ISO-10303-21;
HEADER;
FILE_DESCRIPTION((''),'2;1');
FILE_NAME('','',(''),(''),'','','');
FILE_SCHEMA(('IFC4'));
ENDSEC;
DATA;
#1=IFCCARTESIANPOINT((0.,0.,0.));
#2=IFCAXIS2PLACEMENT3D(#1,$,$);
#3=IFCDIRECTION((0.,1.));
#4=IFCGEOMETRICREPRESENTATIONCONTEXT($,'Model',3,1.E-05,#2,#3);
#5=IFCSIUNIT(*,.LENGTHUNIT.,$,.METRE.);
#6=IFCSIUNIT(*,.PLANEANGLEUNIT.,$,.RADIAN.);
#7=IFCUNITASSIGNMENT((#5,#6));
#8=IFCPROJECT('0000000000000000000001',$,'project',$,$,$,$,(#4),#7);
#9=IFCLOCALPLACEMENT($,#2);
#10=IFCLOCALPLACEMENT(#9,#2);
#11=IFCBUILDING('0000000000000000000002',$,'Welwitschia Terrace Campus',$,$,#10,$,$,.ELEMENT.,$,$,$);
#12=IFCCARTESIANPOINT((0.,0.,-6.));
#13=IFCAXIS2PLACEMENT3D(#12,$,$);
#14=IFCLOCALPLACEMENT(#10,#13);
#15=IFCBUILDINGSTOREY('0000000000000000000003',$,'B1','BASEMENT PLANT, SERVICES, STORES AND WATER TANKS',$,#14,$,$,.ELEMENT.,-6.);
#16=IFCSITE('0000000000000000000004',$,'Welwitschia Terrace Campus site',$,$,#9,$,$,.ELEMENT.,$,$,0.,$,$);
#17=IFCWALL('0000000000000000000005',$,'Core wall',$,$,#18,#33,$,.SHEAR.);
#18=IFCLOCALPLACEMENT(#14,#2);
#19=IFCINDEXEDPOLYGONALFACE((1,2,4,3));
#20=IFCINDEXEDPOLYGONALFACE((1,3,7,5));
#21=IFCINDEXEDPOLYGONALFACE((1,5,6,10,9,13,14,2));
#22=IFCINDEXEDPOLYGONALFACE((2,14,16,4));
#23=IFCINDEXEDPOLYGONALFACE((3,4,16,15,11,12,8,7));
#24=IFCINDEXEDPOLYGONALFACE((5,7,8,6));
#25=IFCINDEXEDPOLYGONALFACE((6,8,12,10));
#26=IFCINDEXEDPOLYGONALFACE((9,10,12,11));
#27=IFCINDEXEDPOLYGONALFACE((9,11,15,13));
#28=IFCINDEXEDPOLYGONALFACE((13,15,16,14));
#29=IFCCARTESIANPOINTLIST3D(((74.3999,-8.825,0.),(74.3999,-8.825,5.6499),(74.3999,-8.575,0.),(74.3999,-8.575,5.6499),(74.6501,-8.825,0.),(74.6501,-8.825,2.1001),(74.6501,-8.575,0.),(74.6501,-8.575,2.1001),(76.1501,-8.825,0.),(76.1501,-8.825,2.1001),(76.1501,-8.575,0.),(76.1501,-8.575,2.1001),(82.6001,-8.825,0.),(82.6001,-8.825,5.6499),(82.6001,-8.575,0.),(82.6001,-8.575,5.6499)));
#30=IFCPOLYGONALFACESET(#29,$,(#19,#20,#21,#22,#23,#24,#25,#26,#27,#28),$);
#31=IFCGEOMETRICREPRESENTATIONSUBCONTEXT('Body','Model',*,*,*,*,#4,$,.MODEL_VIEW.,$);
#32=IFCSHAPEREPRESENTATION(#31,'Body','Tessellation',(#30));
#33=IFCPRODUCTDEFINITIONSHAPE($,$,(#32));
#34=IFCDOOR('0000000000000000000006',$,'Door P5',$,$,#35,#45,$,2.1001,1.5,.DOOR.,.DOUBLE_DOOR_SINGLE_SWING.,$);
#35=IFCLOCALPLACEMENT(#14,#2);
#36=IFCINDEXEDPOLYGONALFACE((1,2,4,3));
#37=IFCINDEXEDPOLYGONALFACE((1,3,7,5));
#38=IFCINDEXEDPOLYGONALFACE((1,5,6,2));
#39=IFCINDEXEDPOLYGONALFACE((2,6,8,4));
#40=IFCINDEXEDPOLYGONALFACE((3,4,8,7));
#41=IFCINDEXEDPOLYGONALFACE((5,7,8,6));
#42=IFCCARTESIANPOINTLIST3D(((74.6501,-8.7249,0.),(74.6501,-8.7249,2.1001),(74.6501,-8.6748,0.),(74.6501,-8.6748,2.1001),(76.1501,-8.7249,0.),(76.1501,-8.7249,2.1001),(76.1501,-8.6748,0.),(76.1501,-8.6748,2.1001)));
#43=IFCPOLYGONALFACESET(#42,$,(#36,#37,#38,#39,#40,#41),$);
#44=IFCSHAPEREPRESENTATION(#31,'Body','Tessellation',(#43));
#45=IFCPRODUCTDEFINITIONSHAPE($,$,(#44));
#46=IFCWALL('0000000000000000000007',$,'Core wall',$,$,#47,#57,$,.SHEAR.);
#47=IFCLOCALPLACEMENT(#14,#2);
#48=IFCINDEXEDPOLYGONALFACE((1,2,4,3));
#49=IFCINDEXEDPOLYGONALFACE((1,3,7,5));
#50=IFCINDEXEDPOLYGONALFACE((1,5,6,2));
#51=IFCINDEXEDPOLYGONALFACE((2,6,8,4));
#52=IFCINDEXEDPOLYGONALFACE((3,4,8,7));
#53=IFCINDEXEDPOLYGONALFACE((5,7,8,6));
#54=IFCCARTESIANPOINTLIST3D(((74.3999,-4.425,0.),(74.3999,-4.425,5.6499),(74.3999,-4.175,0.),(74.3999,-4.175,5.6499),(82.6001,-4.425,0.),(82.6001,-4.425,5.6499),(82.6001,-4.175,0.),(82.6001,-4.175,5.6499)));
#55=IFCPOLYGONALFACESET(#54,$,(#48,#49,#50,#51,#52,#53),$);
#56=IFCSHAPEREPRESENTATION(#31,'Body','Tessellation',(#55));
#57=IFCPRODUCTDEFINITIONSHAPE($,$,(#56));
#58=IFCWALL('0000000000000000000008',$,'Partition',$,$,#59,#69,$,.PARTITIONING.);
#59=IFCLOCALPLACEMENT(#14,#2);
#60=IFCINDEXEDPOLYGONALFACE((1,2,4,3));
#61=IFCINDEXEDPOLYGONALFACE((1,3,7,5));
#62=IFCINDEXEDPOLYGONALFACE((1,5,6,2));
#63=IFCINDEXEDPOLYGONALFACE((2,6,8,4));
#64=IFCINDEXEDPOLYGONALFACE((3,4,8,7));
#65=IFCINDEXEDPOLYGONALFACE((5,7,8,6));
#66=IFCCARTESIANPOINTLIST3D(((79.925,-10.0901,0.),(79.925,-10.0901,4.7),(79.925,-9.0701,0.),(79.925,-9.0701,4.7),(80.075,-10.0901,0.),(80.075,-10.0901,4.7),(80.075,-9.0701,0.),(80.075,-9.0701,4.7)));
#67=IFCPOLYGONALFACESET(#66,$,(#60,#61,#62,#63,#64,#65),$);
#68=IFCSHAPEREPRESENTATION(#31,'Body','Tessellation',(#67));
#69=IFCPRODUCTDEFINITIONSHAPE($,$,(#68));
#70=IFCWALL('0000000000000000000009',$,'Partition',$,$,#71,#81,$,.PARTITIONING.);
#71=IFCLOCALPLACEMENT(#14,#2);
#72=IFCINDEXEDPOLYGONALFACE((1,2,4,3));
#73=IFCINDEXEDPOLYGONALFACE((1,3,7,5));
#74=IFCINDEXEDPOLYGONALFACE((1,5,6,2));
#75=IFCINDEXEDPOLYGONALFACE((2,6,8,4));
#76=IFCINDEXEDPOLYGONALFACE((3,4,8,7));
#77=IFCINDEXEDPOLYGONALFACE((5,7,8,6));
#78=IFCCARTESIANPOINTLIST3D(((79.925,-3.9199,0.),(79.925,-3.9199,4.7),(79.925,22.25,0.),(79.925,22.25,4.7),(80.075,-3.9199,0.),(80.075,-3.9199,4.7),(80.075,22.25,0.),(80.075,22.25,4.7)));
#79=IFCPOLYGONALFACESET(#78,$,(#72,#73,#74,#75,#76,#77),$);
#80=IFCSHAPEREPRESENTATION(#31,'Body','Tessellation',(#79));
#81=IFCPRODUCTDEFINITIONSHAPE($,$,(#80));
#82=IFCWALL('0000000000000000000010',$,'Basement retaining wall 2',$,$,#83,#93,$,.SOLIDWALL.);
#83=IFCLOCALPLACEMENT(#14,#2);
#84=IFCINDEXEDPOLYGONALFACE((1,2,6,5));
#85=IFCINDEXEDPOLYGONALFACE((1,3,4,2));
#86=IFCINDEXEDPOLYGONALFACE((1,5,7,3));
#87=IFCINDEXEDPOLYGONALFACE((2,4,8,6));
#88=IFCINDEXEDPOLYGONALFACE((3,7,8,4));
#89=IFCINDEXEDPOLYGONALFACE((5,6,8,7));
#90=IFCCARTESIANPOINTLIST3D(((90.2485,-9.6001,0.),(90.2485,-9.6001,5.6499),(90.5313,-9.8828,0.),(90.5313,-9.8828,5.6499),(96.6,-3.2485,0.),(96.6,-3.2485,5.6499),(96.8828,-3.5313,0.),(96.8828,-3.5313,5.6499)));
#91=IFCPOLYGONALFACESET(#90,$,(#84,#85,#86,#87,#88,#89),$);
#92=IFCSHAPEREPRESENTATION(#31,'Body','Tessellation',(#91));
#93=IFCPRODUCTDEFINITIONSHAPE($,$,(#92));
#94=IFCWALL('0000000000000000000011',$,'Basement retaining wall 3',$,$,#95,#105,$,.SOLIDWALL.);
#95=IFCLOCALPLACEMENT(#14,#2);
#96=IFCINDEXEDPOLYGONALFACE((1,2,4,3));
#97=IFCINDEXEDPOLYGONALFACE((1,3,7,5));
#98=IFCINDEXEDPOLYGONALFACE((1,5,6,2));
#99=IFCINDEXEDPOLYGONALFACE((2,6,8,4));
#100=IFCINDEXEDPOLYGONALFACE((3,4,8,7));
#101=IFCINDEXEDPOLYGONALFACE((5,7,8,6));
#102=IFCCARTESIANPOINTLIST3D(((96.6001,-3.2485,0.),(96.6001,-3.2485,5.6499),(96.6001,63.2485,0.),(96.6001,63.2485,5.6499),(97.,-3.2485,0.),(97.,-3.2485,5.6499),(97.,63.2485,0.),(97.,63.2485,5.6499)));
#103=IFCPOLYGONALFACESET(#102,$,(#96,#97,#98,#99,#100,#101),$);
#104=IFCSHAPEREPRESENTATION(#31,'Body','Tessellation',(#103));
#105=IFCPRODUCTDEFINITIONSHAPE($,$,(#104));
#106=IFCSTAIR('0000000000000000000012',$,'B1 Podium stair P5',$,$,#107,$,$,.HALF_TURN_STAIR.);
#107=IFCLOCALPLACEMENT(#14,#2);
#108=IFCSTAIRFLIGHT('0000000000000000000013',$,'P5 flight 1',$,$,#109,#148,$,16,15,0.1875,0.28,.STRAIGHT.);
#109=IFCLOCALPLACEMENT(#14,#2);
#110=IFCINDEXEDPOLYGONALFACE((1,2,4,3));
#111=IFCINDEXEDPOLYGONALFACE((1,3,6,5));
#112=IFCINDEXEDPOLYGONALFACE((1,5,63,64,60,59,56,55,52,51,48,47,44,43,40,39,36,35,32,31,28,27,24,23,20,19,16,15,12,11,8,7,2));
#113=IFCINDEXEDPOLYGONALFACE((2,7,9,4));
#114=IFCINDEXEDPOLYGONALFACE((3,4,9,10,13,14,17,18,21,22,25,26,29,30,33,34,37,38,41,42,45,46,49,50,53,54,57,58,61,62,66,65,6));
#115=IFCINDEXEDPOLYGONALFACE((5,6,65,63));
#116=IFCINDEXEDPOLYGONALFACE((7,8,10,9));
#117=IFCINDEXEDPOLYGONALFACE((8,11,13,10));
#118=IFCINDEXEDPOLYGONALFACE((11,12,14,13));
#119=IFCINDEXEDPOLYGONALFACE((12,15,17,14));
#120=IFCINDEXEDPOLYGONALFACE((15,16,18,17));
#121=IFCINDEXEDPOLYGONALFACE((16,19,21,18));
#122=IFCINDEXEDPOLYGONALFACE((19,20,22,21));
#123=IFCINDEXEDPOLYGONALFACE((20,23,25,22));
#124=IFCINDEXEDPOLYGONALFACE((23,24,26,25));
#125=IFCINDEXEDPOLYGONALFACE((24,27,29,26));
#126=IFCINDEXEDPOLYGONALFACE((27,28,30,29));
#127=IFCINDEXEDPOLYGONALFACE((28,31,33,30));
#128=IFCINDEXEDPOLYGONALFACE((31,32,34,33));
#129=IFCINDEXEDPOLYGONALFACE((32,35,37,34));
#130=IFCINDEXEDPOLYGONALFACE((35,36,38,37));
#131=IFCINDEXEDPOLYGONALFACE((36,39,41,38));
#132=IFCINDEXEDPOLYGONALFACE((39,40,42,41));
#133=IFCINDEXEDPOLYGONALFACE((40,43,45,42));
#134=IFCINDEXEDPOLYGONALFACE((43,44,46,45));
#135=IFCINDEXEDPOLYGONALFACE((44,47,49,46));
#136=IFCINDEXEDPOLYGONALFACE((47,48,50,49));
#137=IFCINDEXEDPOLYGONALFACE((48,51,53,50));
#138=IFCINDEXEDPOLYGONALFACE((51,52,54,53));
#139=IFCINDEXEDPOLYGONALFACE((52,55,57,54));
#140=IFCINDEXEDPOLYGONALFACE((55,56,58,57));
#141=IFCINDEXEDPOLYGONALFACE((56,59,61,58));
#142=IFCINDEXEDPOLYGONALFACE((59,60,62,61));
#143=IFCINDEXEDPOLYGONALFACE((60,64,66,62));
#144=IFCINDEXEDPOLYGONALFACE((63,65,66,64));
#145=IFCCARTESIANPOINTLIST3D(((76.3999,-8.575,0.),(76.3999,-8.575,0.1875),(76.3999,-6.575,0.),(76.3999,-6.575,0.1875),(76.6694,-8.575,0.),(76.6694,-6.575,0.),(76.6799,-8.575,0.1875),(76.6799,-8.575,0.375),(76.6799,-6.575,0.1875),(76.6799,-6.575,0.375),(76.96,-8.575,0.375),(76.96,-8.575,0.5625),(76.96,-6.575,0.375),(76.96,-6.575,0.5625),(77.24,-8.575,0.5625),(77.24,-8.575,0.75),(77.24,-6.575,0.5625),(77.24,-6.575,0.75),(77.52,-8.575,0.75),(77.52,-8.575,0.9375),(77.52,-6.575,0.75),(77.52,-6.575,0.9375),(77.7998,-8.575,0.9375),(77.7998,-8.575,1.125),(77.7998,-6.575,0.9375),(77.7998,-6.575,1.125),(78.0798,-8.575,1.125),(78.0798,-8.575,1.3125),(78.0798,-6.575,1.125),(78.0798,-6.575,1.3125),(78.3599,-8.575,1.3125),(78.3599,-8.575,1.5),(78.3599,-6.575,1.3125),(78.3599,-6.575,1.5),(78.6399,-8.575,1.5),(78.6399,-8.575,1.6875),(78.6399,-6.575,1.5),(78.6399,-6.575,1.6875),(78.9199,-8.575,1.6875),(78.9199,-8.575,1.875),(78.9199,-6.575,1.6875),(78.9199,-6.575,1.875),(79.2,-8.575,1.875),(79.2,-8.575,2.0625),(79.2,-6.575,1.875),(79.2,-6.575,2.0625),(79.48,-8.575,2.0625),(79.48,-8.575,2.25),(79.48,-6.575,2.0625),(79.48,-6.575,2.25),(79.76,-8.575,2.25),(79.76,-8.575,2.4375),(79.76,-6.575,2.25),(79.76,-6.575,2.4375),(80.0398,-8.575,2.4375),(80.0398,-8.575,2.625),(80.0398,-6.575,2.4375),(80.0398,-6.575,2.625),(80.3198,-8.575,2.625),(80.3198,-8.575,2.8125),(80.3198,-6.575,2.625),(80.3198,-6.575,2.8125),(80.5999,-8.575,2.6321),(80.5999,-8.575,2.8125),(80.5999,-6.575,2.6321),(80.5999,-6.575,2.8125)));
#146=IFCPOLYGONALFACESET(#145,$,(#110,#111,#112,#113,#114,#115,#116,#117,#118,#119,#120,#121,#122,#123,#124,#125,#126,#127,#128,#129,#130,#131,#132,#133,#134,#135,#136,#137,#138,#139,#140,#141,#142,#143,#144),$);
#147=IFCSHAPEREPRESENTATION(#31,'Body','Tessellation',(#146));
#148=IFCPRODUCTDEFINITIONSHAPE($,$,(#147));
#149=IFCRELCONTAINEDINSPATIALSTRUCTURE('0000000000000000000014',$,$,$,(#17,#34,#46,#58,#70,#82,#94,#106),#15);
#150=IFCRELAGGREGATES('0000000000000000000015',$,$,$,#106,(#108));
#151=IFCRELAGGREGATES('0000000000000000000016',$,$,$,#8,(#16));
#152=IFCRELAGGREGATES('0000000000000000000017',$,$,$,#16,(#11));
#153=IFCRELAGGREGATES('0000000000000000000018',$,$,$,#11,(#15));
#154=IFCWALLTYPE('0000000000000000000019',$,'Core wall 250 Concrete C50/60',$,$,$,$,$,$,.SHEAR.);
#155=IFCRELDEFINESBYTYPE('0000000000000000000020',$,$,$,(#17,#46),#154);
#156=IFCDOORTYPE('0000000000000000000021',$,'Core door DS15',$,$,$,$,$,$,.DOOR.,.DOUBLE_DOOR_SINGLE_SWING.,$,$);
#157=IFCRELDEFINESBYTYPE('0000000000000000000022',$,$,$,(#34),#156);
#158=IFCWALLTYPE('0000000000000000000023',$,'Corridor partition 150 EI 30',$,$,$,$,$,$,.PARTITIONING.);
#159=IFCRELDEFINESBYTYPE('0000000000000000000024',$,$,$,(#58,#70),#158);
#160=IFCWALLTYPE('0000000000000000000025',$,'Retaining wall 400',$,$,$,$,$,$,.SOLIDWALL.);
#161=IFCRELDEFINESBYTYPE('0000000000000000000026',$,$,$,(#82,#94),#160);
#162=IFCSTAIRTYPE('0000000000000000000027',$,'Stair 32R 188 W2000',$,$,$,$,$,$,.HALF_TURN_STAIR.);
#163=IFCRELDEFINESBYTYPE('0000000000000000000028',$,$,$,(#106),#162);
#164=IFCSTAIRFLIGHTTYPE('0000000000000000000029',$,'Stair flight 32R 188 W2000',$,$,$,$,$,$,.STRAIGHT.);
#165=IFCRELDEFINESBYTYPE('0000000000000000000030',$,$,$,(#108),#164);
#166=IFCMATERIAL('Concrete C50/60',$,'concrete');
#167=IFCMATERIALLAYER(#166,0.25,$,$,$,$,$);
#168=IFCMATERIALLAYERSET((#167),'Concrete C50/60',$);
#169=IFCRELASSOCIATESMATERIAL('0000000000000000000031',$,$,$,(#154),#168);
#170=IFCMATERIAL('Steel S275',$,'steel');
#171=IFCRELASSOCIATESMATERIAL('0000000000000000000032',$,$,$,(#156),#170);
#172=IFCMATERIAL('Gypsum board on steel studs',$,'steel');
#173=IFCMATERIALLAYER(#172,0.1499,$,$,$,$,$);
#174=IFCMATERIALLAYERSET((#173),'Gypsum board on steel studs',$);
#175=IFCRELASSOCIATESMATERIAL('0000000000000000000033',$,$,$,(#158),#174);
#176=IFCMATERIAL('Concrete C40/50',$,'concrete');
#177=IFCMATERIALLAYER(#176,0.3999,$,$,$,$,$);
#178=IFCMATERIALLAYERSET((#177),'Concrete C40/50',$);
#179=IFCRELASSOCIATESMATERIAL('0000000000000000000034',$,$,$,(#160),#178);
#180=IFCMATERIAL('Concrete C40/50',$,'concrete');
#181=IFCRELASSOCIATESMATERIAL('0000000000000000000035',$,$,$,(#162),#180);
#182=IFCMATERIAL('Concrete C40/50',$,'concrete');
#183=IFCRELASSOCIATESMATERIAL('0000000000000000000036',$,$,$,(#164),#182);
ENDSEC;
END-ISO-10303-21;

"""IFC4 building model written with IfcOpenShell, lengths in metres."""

from ifc_helpers import new_model, si_unit, direction, frame, frame_2d, origin, place, context, subcontext, project, spatial, polyline, rectangle, outline, extrude, material, layer, layer_set, type_object, element, fill, aggregate, save


model = new_model("IFC4")

# Units and contexts
model_context = context("Model", 3, precision=1e-05, world=origin(), true_north=direction((0.0, 1.0)))
body_context = subcontext(model_context, "Body", "Model", "MODEL_VIEW")
ifc_project = project(units=[si_unit("LENGTHUNIT", "METRE"), si_unit("PLANEANGLEUNIT", "RADIAN")], contexts=[model_context])

# Site, building, storey
site_placement = place(None, origin())
site = spatial("IfcSite", under=ifc_project, at=site_placement, Name="Welwitschia Terrace Campus site", CompositionType="ELEMENT", RefElevation=0.0)
building_placement = place(site_placement, origin())
building = spatial("IfcBuilding", under=site, at=building_placement, Name="Welwitschia Terrace Campus", CompositionType="ELEMENT")
storey_placement = place(building_placement, frame((0.0, 0.0, -6.0)))
storey = spatial("IfcBuildingStorey", under=building, at=storey_placement, Name="B1", Description="BASEMENT PLANT, SERVICES, STORES AND WATER TANKS", CompositionType="ELEMENT", Elevation=-6.0)

# Shared definitions
ifc_material_1 = material(Name="Concrete C50/60", Category="concrete")
ifc_layer_1 = layer(ifc_material_1, 0.25)
ifc_layer_set_1 = layer_set([ifc_layer_1], Name="Concrete C50/60")
wall_type_1 = type_object("IfcWallType", Name="Core wall 250 Concrete C50/60", PredefinedType="SHEAR", material=ifc_layer_set_1)

# Wall, opening, door
wall_1_placement = place(storey_placement, frame((82.6001, -8.7, 0.0), z_axis=(0.0, 0.0, 1.0), x_axis=(-1.0, 0.0, 0.0)))
wall_1 = element("IfcWall", 1, at=wall_1_placement, inside=storey, type_object=wall_type_1, Name="Core wall", PredefinedType="SHEAR", context=body_context, shape_type="SweptSolid", body=[
    extrude(rectangle(XDim=8.2002, YDim=0.25, at=frame_2d((4.1001, 0.0))), origin(), (0.0, 0.0, 1.0), 5.6499),
])
opening_placement = place(wall_1_placement, frame((6.45, 0.0, 0.0)))
opening = element("IfcOpeningElement", 2, at=opening_placement, cuts=wall_1, PredefinedType="OPENING", context=body_context, shape_type="SweptSolid", body=[
    extrude(rectangle(XDim=1.5, YDim=2.1001, at=frame_2d((0.75, 1.05))), frame((0.0, 0.135, 0.0), z_axis=(0.0, -1.0, 0.0), x_axis=(1.0, 0.0, 0.0)), (0.0, 0.0, 1.0), 0.27),
])
ifc_material_2 = material(Name="Steel S275", Category="steel")
door_type = type_object("IfcDoorType", Name="Core door DS15", OperationType="DOUBLE_DOOR_SINGLE_SWING", PredefinedType="DOOR", material=ifc_material_2)
door_placement = place(opening_placement, origin())
door = element("IfcDoor", 3, at=door_placement, inside=storey, type_object=door_type, Name="Door P5", OperationType="DOUBLE_DOOR_SINGLE_SWING", OverallHeight=2.1001, OverallWidth=1.5, PredefinedType="DOOR", context=body_context, shape_type="SweptSolid", body=[
    extrude(rectangle(XDim=1.5, YDim=2.1001, at=frame_2d((0.75, 1.05))), frame((0.0, 0.0249, 0.0), z_axis=(0.0, -1.0, 0.0), x_axis=(1.0, 0.0, 0.0)), (0.0, 0.0, 1.0), 0.05),
])
fill(opening, door)

# Walls
wall_2_placement = place(storey_placement, frame((74.3999, -4.3, 0.0), z_axis=(0.0, 0.0, 1.0), x_axis=(1.0, 0.0, 0.0)))
element("IfcWall", 4, at=wall_2_placement, inside=storey, type_object=wall_type_1, Name="Core wall", PredefinedType="SHEAR", context=body_context, shape_type="SweptSolid", body=[
    extrude(rectangle(XDim=8.2002, YDim=0.25, at=frame_2d((4.1001, 0.0))), origin(), (0.0, 0.0, 1.0), 5.6499),
])
ifc_material_3 = material(Name="Gypsum board on steel studs", Category="steel")
ifc_layer_2 = layer(ifc_material_3, 0.1499)
ifc_layer_set_2 = layer_set([ifc_layer_2], Name="Gypsum board on steel studs")
wall_type_2 = type_object("IfcWallType", Name="Corridor partition 150 EI 30", PredefinedType="PARTITIONING", material=ifc_layer_set_2)
wall_3_placement = place(storey_placement, frame((80.0, -10.0901, 0.0), z_axis=(0.0, 0.0, 1.0), x_axis=(0.0, 1.0, 0.0)))
element("IfcWall", 5, at=wall_3_placement, inside=storey, type_object=wall_type_2, Name="Partition", PredefinedType="PARTITIONING", context=body_context, shape_type="SweptSolid", body=[
    extrude(rectangle(XDim=1.02, YDim=0.1499, at=frame_2d((0.51, 0.0))), origin(), (0.0, 0.0, 1.0), 4.7),
])
wall_4_placement = place(storey_placement, frame((80.0, -3.9199, 0.0), z_axis=(0.0, 0.0, 1.0), x_axis=(0.0, 1.0, 0.0)))
element("IfcWall", 6, at=wall_4_placement, inside=storey, type_object=wall_type_2, Name="Partition", PredefinedType="PARTITIONING", context=body_context, shape_type="SweptSolid", body=[
    extrude(rectangle(XDim=26.1699, YDim=0.1499, at=frame_2d((13.085, 0.0))), origin(), (0.0, 0.0, 1.0), 4.7),
])
ifc_material_4 = material(Name="Concrete C40/50", Category="concrete")
ifc_layer_3 = layer(ifc_material_4, 0.3999)
ifc_layer_set_3 = layer_set([ifc_layer_3], Name="Concrete C40/50")
wall_type_3 = type_object("IfcWallType", Name="Retaining wall 400", PredefinedType="SOLIDWALL", material=ifc_layer_set_3)
wall_5_placement = place(storey_placement, frame((90.3899, -9.7415, 0.0), z_axis=(0.0, 0.0, 1.0), x_axis=(0.707107, 0.707107, 0.0)))
element("IfcWall", 7, at=wall_5_placement, inside=storey, type_object=wall_type_3, Name="Basement retaining wall 2", PredefinedType="SOLIDWALL", context=body_context, shape_type="SweptSolid", body=[
    extrude(rectangle(XDim=8.9824, YDim=0.3999, at=frame_2d((4.4912, 0.0))), origin(), (0.0, 0.0, 1.0), 5.6499),
])
wall_6_placement = place(storey_placement, frame((96.8, -3.2485, 0.0), z_axis=(0.0, 0.0, 1.0), x_axis=(0.0, 1.0, 0.0)))
element("IfcWall", 8, at=wall_6_placement, inside=storey, type_object=wall_type_3, Name="Basement retaining wall 3", PredefinedType="SOLIDWALL", context=body_context, shape_type="SweptSolid", body=[
    extrude(rectangle(XDim=66.4971, YDim=0.3999, at=frame_2d((33.2485, 0.0))), origin(), (0.0, 0.0, 1.0), 5.6499),
])

# Stair, stair flight
ifc_material_5 = material(Name="Concrete C40/50", Category="concrete")
stair_type = type_object("IfcStairType", Name="Stair 32R 188 W2000", PredefinedType="HALF_TURN_STAIR", material=ifc_material_5)
stair_placement = place(storey_placement, origin())
stair = element("IfcStair", 9, at=stair_placement, inside=storey, type_object=stair_type, Name="B1 Podium stair P5", PredefinedType="HALF_TURN_STAIR")
ifc_material_6 = material(Name="Concrete C40/50", Category="concrete")
stair_flight_type = type_object("IfcStairFlightType", Name="Stair flight 32R 188 W2000", PredefinedType="STRAIGHT", material=ifc_material_6)
stair_flight_1_placement = place(storey_placement, frame((76.3999, -7.575, 0.0), z_axis=(0.0, 0.0, 1.0), x_axis=(1.0, 0.0, 0.0)))
stair_flight_1 = element("IfcStairFlight", 10, at=stair_flight_1_placement, type_object=stair_flight_type, Name="P5 flight 1", NumberOfRisers=16, NumberOfTreads=15, PredefinedType="STRAIGHT", RiserHeight=0.1875, TreadLength=0.28, context=body_context, shape_type="SweptSolid", body=[
    extrude(outline(polyline([(0.0, 0.0), (0.0, 0.1875), (0.28, 0.1875), (0.28, 0.375), (0.5601, 0.375), (0.5601, 0.5625), (0.8401, 0.5625), (0.8401, 0.75), (1.1201, 0.75), (1.1201, 0.9375), (1.3999, 0.9375), (1.3999, 1.125), (1.6799, 1.125), (1.6799, 1.3125), (1.96, 1.3125), (1.96, 1.5), (2.24, 1.5), (2.24, 1.6875), (2.52, 1.6875), (2.52, 1.875), (2.8, 1.875), (2.8, 2.0625), (3.0801, 2.0625), (3.0801, 2.25), (3.3601, 2.25), (3.3601, 2.4375), (3.6399, 2.4375), (3.6399, 2.625), (3.9199, 2.625), (3.9199, 2.8125), (4.2, 2.8125), (4.2, 3.0), (4.2, 2.6321), (0.2695, 0.0), (0.0, 0.0)])), frame((0.0, 1.0, 0.0), z_axis=(0.0, -1.0, 0.0), x_axis=(1.0, 0.0, 0.0)), (0.0, 0.0, 1.0), 2.0),
])
aggregate(stair, [stair_flight_1])

save(model, "model.ifc")
